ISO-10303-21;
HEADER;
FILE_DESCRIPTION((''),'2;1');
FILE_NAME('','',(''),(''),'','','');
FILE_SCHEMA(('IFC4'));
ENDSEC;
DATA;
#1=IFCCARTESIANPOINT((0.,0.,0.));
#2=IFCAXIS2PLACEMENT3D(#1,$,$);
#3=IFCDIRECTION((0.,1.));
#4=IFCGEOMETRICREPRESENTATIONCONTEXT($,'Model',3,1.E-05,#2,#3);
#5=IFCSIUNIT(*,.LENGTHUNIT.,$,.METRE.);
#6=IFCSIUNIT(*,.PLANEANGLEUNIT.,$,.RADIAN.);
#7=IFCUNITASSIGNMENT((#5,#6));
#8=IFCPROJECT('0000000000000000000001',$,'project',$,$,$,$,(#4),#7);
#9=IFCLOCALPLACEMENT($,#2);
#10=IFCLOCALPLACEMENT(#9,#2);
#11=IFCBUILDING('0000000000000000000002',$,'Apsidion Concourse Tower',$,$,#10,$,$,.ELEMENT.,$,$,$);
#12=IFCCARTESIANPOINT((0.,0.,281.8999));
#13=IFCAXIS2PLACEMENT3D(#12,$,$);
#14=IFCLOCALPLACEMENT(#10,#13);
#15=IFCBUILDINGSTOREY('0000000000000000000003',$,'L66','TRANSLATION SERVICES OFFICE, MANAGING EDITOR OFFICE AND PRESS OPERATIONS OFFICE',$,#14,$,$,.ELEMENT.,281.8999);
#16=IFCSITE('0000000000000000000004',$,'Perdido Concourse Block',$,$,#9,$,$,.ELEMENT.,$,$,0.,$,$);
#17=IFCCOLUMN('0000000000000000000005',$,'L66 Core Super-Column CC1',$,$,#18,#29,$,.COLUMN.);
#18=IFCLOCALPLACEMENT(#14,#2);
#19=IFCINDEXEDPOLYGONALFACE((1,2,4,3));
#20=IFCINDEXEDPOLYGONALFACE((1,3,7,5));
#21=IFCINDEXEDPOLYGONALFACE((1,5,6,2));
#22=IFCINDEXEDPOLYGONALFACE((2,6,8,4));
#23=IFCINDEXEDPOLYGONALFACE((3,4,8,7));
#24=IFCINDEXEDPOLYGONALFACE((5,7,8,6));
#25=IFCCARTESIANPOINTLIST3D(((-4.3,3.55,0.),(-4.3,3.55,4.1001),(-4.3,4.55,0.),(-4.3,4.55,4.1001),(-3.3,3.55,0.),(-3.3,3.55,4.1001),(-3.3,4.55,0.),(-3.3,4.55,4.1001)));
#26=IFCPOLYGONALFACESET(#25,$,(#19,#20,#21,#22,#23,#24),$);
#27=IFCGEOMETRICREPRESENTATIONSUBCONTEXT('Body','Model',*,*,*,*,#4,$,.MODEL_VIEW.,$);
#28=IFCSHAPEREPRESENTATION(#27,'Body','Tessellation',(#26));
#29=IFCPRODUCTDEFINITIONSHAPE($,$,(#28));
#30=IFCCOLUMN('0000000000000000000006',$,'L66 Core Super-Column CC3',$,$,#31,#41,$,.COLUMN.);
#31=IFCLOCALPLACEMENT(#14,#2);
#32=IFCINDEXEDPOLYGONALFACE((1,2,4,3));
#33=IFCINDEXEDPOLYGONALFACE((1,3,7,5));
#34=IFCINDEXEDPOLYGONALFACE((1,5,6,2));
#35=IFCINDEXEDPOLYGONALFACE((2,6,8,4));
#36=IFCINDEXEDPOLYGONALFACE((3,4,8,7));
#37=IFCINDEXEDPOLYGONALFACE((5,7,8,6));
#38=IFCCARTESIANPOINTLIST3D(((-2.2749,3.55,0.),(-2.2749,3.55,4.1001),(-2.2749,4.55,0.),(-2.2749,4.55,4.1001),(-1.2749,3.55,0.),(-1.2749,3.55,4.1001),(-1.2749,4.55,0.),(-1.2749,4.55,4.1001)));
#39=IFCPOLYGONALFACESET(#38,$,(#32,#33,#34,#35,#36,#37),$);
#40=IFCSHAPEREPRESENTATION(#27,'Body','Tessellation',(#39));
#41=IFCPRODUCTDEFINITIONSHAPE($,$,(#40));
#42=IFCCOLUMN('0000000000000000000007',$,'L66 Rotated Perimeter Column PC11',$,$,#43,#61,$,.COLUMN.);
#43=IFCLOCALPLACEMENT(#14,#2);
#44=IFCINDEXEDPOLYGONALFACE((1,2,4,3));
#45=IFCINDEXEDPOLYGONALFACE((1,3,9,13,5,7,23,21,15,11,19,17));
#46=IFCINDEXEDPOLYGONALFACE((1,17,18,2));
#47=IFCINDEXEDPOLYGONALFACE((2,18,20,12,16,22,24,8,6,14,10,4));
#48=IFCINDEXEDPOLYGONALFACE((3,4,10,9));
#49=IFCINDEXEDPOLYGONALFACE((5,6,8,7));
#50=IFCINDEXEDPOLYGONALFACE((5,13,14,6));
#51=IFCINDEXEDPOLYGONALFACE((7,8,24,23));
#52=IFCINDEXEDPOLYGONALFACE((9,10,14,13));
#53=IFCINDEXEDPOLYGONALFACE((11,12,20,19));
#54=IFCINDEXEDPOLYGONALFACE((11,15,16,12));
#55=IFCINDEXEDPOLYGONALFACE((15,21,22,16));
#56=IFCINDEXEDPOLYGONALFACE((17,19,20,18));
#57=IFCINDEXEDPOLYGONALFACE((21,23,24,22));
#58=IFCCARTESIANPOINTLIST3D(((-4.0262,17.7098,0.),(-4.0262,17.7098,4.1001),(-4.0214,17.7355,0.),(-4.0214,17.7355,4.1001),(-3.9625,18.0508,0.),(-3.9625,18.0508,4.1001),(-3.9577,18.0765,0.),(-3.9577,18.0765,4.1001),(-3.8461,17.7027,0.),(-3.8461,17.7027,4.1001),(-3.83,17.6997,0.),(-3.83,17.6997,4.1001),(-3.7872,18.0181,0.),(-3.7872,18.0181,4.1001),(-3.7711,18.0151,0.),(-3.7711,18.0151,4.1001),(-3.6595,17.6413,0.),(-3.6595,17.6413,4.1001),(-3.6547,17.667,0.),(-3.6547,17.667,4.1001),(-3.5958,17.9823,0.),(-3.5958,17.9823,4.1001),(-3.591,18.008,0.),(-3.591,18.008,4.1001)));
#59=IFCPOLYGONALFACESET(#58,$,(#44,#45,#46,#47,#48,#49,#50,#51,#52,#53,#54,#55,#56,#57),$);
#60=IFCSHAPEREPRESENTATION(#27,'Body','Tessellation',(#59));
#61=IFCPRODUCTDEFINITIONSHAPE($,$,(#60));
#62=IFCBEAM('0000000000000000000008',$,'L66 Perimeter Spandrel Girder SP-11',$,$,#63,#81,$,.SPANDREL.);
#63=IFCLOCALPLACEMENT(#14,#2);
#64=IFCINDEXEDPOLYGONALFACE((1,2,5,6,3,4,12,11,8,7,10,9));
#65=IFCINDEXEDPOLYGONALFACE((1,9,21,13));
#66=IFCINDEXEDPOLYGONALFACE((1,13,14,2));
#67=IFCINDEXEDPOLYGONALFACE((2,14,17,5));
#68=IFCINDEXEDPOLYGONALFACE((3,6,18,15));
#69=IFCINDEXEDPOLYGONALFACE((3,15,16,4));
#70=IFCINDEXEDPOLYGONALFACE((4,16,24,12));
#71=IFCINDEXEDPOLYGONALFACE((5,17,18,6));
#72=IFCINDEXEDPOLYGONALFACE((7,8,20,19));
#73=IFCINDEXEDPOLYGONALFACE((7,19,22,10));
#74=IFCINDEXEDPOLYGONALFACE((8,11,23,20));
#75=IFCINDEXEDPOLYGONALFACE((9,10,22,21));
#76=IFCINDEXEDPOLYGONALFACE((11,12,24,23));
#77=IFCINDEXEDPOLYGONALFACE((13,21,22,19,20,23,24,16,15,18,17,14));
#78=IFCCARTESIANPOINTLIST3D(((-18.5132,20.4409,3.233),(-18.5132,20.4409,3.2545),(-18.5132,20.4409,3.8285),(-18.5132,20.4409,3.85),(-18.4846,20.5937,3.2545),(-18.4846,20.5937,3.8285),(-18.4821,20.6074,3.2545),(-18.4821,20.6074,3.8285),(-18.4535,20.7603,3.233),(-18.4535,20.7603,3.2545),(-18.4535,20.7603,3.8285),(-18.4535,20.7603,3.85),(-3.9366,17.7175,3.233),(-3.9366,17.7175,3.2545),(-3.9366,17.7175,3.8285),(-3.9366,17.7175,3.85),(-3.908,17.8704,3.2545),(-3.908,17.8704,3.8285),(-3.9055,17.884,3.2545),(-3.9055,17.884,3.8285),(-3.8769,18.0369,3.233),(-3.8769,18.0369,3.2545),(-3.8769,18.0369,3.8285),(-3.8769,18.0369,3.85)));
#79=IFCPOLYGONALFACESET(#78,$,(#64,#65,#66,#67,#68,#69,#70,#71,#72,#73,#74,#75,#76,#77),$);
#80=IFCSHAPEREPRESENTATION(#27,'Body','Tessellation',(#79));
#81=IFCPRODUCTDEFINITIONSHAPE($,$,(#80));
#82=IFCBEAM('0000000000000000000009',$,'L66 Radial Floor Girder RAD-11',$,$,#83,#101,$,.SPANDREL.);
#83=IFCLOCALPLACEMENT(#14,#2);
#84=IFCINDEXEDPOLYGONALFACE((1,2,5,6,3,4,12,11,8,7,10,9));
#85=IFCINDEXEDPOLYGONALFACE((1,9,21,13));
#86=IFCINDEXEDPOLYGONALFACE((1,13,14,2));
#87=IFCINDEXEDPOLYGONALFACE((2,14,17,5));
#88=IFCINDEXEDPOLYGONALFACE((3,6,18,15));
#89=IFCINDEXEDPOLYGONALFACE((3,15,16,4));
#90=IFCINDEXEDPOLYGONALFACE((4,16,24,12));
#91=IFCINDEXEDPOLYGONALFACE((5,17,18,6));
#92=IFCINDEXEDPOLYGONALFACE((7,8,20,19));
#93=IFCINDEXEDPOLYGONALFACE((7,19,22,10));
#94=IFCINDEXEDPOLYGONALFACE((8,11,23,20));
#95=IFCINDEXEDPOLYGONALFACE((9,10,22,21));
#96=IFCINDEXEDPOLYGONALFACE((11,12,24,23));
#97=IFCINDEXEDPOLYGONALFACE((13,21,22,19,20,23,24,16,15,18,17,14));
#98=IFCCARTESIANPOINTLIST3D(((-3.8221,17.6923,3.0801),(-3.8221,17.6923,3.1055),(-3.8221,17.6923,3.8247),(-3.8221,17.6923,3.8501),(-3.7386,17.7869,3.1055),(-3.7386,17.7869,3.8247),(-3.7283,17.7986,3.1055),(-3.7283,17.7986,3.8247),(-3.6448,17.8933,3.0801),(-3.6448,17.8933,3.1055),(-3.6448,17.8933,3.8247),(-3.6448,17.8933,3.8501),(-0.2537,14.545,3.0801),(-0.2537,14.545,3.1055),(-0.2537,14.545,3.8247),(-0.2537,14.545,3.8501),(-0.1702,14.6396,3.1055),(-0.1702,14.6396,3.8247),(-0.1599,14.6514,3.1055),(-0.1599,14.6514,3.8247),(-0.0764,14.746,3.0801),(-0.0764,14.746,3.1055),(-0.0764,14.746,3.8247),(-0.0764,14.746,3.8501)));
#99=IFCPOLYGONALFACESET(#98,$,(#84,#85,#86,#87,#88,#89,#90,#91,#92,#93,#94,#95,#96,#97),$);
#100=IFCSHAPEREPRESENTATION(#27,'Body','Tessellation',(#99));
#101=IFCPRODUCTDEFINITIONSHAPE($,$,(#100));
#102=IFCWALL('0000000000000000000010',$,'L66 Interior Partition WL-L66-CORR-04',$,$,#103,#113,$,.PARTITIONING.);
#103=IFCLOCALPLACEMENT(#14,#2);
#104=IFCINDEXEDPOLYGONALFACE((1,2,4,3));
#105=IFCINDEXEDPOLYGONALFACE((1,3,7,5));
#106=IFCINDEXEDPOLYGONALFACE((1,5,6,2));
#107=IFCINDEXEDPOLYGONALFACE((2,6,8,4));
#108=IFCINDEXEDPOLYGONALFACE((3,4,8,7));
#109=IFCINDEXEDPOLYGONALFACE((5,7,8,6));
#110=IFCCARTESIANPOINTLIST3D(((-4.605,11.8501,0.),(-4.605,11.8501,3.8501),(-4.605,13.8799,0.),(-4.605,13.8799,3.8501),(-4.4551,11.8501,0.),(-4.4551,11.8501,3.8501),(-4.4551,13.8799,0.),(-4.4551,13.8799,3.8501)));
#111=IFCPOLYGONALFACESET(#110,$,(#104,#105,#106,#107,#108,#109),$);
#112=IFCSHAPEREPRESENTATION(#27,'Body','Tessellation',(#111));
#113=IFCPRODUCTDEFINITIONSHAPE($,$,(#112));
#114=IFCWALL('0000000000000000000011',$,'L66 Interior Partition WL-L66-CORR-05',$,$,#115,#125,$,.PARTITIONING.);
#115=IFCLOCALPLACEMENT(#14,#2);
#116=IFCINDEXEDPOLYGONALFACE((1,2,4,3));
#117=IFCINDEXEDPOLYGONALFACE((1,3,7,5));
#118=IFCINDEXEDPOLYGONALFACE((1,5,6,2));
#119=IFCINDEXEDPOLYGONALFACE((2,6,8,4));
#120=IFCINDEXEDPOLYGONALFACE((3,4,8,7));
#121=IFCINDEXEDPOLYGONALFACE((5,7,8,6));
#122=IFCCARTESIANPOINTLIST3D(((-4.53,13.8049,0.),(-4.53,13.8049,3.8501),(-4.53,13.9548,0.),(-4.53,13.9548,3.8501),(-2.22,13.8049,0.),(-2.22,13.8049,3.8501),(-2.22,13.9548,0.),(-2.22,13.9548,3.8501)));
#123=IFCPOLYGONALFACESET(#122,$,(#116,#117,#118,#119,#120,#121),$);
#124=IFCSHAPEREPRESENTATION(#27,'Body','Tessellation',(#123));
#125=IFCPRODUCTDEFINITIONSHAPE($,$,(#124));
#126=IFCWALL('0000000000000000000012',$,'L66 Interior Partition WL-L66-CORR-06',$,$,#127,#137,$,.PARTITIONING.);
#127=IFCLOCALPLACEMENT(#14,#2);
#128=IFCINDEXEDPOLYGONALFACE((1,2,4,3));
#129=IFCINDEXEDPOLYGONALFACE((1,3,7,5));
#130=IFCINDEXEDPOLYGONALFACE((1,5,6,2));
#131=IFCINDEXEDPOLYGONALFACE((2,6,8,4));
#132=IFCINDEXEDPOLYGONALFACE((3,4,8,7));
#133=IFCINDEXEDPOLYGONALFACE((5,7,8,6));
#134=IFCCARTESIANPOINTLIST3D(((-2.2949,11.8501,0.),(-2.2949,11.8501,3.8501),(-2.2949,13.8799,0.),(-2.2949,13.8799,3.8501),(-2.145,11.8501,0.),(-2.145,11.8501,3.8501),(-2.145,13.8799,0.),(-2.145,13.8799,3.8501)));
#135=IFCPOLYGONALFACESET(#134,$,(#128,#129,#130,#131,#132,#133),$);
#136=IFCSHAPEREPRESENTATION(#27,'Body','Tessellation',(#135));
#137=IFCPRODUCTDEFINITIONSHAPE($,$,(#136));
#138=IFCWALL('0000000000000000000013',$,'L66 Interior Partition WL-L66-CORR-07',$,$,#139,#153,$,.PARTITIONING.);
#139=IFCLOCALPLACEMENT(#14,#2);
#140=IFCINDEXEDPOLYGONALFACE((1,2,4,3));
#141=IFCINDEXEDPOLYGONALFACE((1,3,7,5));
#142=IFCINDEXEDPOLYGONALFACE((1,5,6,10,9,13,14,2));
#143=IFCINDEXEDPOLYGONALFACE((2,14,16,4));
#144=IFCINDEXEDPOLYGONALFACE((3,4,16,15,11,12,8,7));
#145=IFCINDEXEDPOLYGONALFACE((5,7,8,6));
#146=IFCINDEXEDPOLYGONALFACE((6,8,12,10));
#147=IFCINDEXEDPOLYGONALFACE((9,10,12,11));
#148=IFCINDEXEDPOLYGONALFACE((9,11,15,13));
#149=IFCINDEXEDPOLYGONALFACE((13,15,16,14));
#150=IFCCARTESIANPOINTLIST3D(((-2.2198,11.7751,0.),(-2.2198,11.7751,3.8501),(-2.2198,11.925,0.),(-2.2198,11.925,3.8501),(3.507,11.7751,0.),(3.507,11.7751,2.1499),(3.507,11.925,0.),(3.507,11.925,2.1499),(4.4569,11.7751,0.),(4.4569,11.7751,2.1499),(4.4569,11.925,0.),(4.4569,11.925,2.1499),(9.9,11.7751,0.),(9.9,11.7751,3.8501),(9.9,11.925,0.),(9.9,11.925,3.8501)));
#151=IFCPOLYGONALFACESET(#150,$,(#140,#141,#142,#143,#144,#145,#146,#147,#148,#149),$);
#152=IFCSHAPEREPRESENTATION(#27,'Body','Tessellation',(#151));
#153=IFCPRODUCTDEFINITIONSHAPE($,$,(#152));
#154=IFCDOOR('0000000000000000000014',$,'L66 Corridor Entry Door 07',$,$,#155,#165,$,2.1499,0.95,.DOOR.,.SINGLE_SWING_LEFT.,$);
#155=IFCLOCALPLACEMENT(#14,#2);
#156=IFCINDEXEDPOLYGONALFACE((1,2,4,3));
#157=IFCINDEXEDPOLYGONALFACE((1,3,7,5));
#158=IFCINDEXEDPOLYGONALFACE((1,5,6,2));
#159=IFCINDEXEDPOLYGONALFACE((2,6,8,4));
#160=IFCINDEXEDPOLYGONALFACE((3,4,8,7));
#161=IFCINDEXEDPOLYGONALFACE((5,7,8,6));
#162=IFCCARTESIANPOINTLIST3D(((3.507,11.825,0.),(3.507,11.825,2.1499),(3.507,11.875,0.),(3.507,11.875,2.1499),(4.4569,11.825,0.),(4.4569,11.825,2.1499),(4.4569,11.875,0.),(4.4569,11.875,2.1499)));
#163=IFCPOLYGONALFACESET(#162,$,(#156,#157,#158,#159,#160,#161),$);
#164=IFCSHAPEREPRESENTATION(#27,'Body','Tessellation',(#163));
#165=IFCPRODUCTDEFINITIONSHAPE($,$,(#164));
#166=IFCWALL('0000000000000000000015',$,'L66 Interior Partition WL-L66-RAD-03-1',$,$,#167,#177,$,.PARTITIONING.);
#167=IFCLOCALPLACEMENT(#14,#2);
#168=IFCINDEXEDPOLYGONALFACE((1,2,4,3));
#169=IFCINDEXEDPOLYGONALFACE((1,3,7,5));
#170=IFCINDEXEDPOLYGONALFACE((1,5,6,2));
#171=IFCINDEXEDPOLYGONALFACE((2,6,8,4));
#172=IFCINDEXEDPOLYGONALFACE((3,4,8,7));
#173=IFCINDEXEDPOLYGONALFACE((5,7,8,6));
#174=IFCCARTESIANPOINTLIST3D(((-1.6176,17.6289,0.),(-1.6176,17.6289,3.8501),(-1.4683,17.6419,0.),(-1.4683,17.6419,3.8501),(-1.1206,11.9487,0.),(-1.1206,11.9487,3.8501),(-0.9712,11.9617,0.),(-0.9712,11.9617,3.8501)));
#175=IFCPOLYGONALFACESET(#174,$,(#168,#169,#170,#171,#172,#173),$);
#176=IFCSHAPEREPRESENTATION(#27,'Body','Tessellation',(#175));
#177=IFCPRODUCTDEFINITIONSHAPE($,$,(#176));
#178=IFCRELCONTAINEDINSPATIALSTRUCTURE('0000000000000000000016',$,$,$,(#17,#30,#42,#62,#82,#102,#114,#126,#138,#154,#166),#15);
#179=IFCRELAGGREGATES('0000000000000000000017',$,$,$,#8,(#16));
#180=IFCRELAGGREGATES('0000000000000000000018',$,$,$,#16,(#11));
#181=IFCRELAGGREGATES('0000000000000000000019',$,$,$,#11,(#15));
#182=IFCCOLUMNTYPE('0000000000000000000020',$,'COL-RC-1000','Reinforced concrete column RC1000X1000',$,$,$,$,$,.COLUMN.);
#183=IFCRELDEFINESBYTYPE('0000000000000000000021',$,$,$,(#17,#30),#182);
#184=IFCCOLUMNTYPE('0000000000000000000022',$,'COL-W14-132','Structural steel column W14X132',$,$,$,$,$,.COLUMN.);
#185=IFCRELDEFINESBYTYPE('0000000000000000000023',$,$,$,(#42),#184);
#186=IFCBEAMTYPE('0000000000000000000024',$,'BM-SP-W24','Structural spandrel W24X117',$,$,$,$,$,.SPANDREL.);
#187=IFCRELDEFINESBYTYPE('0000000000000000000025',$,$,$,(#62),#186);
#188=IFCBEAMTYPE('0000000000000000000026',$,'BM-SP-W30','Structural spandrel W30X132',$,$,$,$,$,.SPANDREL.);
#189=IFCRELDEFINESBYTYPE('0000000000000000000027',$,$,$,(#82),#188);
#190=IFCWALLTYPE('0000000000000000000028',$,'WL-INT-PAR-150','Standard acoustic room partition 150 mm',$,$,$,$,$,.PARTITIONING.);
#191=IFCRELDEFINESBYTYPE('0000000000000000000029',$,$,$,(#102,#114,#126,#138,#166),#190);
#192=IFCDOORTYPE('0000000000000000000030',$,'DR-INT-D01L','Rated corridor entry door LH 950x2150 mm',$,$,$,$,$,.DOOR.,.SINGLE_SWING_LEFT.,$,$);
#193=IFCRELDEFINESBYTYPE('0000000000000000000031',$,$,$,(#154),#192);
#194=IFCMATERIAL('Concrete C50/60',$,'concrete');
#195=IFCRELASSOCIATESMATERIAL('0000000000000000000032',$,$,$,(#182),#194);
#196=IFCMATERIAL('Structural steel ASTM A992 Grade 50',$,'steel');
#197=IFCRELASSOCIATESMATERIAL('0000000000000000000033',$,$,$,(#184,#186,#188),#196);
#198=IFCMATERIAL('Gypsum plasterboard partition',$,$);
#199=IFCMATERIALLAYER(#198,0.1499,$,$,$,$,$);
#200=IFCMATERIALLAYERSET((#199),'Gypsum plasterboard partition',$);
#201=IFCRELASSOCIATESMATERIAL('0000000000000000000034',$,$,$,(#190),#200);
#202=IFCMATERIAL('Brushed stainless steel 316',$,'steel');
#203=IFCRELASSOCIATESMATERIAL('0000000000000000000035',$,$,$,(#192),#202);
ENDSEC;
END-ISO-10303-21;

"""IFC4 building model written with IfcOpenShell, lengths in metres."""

from ifc_helpers import new_model, si_unit, direction, frame, frame_2d, origin, origin_2d, place, context, subcontext, project, spatial, rectangle, i_section, extrude, material, layer, layer_set, material_profile, profile_set, type_object, element, fill, save


model = new_model("IFC4")

# Units and contexts
model_context = context("Model", 3, precision=1e-05, world=origin(), true_north=direction((0.0, 1.0)))
body_context = subcontext(model_context, "Body", "Model", "MODEL_VIEW")
ifc_project = project(units=[si_unit("LENGTHUNIT", "METRE"), si_unit("PLANEANGLEUNIT", "RADIAN")], contexts=[model_context])

# Site, building, storey
site_placement = place(None, origin())
site = spatial("IfcSite", under=ifc_project, at=site_placement, Name="Perdido Concourse Block", CompositionType="ELEMENT", RefElevation=0.0)
building_placement = place(site_placement, origin())
building = spatial("IfcBuilding", under=site, at=building_placement, Name="Apsidion Concourse Tower", CompositionType="ELEMENT")
storey_placement = place(building_placement, frame((0.0, 0.0, 281.8999)))
storey = spatial("IfcBuildingStorey", under=building, at=storey_placement, Name="L66", Description="TRANSLATION SERVICES OFFICE, MANAGING EDITOR OFFICE AND PRESS OPERATIONS OFFICE", CompositionType="ELEMENT", Elevation=281.8999)

# Columns
ifc_material_1 = material(Name="Concrete C50/60", Category="concrete")
ifc_material_profile_1 = material_profile(ifc_material_1, rectangle(XDim=1.0, YDim=1.0, at=origin_2d()), Name="RC 1000x1000")
ifc_profile_set_1 = profile_set([ifc_material_profile_1], Name="Concrete C50/60")
column_type_1 = type_object("IfcColumnType", Name="COL-RC-1000", Description="Reinforced concrete column RC1000X1000", PredefinedType="COLUMN", material=ifc_profile_set_1)
for number, where, z_axis, x_axis, name in (
    (1, (-3.8, 4.05, 0.0), (0.0, 0.0, 1.0), (1.0, 0.0, 0.0), "L66 Core Super-Column CC1"),
    (2, (-1.7749, 4.05, 0.0), (0.0, 0.0, 1.0), (1.0, 0.0, 0.0), "L66 Core Super-Column CC3"),
):
    element("IfcColumn", number, at=place(storey_placement, frame(where, z_axis=z_axis, x_axis=x_axis)), inside=storey, type_object=column_type_1, Name=name, PredefinedType="COLUMN", context=body_context, shape_type="SweptSolid", body=[
        extrude(rectangle(XDim=1.0, YDim=1.0, at=origin_2d()), origin(), (0.0, 0.0, 1.0), 4.1001),
    ])
ifc_material_2 = material(Name="Structural steel ASTM A992 Grade 50", Category="steel")
ifc_material_profile_2 = material_profile(ifc_material_2, i_section(OverallWidth=0.373, OverallDepth=0.373, WebThickness=0.0164, FlangeThickness=0.0261, at=origin_2d()), Name="W14X132")
ifc_profile_set_2 = profile_set([ifc_material_profile_2], Name="Structural steel ASTM A992 Grade 50")
column_type_2 = type_object("IfcColumnType", Name="COL-W14-132", Description="Structural steel column W14X132", PredefinedType="COLUMN", material=ifc_profile_set_2)
column_placement = place(storey_placement, frame((-3.8086, 17.8589, 0.0), z_axis=(0.0, 0.0, 1.0), x_axis=(-0.983, 0.183608, 0.0)))
element("IfcColumn", 3, at=column_placement, inside=storey, type_object=column_type_2, Name="L66 Rotated Perimeter Column PC11", PredefinedType="COLUMN", context=body_context, shape_type="SweptSolid", body=[
    extrude(i_section(OverallWidth=0.373, OverallDepth=0.373, WebThickness=0.0164, FlangeThickness=0.0261, at=origin_2d()), origin(), (0.0, 0.0, 1.0), 4.1001),
])

# Beams
ifc_material_profile_3 = material_profile(ifc_material_2, i_section(OverallWidth=0.325, OverallDepth=0.6169, WebThickness=0.0139, FlangeThickness=0.0215, at=origin_2d()), Name="W24X117")
ifc_profile_set_3 = profile_set([ifc_material_profile_3], Name="Structural steel ASTM A992 Grade 50")
beam_type_1 = type_object("IfcBeamType", Name="BM-SP-W24", Description="Structural spandrel W24X117", PredefinedType="SPANDREL", material=ifc_profile_set_3)
beam_1_placement = place(storey_placement, frame((-3.9067, 17.8772, 3.5415), z_axis=(-0.982991, 0.183654, 0.0), x_axis=(-0.183654, -0.982991, 0.0)))
element("IfcBeam", 4, at=beam_1_placement, inside=storey, type_object=beam_type_1, Name="L66 Perimeter Spandrel Girder SP-11", PredefinedType="SPANDREL", context=body_context, shape_type="SweptSolid", body=[
    extrude(i_section(OverallWidth=0.325, OverallDepth=0.6169, WebThickness=0.0139, FlangeThickness=0.0215, at=origin_2d()), origin(), (0.0, 0.0, 1.0), 14.8289),
])
ifc_material_profile_4 = material_profile(ifc_material_2, i_section(OverallWidth=0.2681, OverallDepth=0.77, WebThickness=0.0156, FlangeThickness=0.0254, at=origin_2d()), Name="W30X132")
ifc_profile_set_4 = profile_set([ifc_material_profile_4], Name="Structural steel ASTM A992 Grade 50")
beam_type_2 = type_object("IfcBeamType", Name="BM-SP-W30", Description="Structural spandrel W30X132", PredefinedType="SPANDREL", material=ifc_profile_set_4)
beam_2_placement = place(storey_placement, frame((-0.165, 14.6455, 3.4651), z_axis=(-0.749977, 0.661464, 0.0), x_axis=(-0.661464, -0.749977, 0.0)))
element("IfcBeam", 5, at=beam_2_placement, inside=storey, type_object=beam_type_2, Name="L66 Radial Floor Girder RAD-11", PredefinedType="SPANDREL", context=body_context, shape_type="SweptSolid", body=[
    extrude(i_section(OverallWidth=0.2681, OverallDepth=0.77, WebThickness=0.0156, FlangeThickness=0.0254, at=origin_2d()), origin(), (0.0, 0.0, 1.0), 4.7581),
])

# Walls
ifc_material_3 = material(Name="Gypsum plasterboard partition")
ifc_layer_1 = layer(ifc_material_3, 0.1499)
ifc_layer_set_1 = layer_set([ifc_layer_1], Name="Gypsum plasterboard partition")
wall_type_1 = type_object("IfcWallType", Name="WL-INT-PAR-150", Description="Standard acoustic room partition 150 mm", PredefinedType="PARTITIONING", material=ifc_layer_set_1)
wall_1_placement = place(storey_placement, frame((-4.53, 11.8501, 0.0), z_axis=(0.0, 0.0, 1.0), x_axis=(0.0, 1.0, 0.0)))
element("IfcWall", 6, at=wall_1_placement, inside=storey, type_object=wall_type_1, Name="L66 Interior Partition WL-L66-CORR-04", PredefinedType="PARTITIONING", context=body_context, shape_type="SweptSolid", body=[
    extrude(rectangle(XDim=2.0298, YDim=0.1499, at=frame_2d((1.0149, 0.0))), origin(), (0.0, 0.0, 1.0), 3.8501),
])
wall_2_placement = place(storey_placement, frame((-4.53, 13.8799, 0.0), z_axis=(0.0, 0.0, 1.0), x_axis=(1.0, 0.0, 0.0)))
element("IfcWall", 7, at=wall_2_placement, inside=storey, type_object=wall_type_1, Name="L66 Interior Partition WL-L66-CORR-05", PredefinedType="PARTITIONING", context=body_context, shape_type="SweptSolid", body=[
    extrude(rectangle(XDim=2.3101, YDim=0.1499, at=frame_2d((1.155, 0.0))), origin(), (0.0, 0.0, 1.0), 3.8501),
])
wall_3_placement = place(storey_placement, frame((-2.22, 13.8799, 0.0), z_axis=(0.0, 0.0, 1.0), x_axis=(0.0, -1.0, 0.0)))
element("IfcWall", 8, at=wall_3_placement, inside=storey, type_object=wall_type_1, Name="L66 Interior Partition WL-L66-CORR-06", PredefinedType="PARTITIONING", context=body_context, shape_type="SweptSolid", body=[
    extrude(rectangle(XDim=2.0298, YDim=0.1499, at=frame_2d((1.0149, 0.0))), origin(), (0.0, 0.0, 1.0), 3.8501),
])

# Wall, opening, door
wall_4_placement = place(storey_placement, frame((-2.22, 11.8501, 0.0), z_axis=(0.0, 0.0, 1.0), x_axis=(1.0, 0.0, 0.0)))
wall_4 = element("IfcWall", 9, at=wall_4_placement, inside=storey, type_object=wall_type_1, Name="L66 Interior Partition WL-L66-CORR-07", PredefinedType="PARTITIONING", context=body_context, shape_type="SweptSolid", body=[
    extrude(rectangle(XDim=12.1199, YDim=0.1499, at=frame_2d((6.0601, 0.0))), origin(), (0.0, 0.0, 1.0), 3.8501),
])
opening_1_placement = place(wall_4_placement, frame((5.7268, 0.0, 0.0)))
opening_1 = element("IfcOpeningElement", 10, at=opening_1_placement, cuts=wall_4, PredefinedType="OPENING", context=body_context, shape_type="SweptSolid", body=[
    extrude(rectangle(XDim=0.95, YDim=2.1499, at=frame_2d((0.4751, 1.075))), frame((0.0, 0.085, 0.0), z_axis=(0.0, -1.0, 0.0), x_axis=(1.0, 0.0, 0.0)), (0.0, 0.0, 1.0), 0.1699),
])
ifc_material_4 = material(Name="Brushed stainless steel 316", Category="steel")
door_type_1 = type_object("IfcDoorType", Name="DR-INT-D01L", Description="Rated corridor entry door LH 950x2150 mm", OperationType="SINGLE_SWING_LEFT", PredefinedType="DOOR", material=ifc_material_4)
door_1_placement = place(opening_1_placement, origin())
door_1 = element("IfcDoor", 11, at=door_1_placement, inside=storey, type_object=door_type_1, Name="L66 Corridor Entry Door 07", OperationType="SINGLE_SWING_LEFT", OverallHeight=2.1499, OverallWidth=0.95, PredefinedType="DOOR", context=body_context, shape_type="SweptSolid", body=[
    extrude(rectangle(XDim=0.95, YDim=2.1499, at=frame_2d((0.4751, 1.075))), frame((0.0, 0.0249, 0.0), z_axis=(0.0, -1.0, 0.0), x_axis=(1.0, 0.0, 0.0)), (0.0, 0.0, 1.0), 0.05),
])
fill(opening_1, door_1)

# Wall
wall_5_placement = place(storey_placement, frame((-1.0459, 11.9551, 0.0), z_axis=(0.0, 0.0, 1.0), x_axis=(-0.087177, 0.996193, 0.0)))
element("IfcWall", 12, at=wall_5_placement, inside=storey, type_object=wall_type_1, Name="L66 Interior Partition WL-L66-RAD-03-1", PredefinedType="PARTITIONING", context=body_context, shape_type="SweptSolid", body=[
    extrude(rectangle(XDim=5.7019, YDim=0.1499, at=frame_2d((2.8511, 0.0))), origin(), (0.0, 0.0, 1.0), 3.8501),
])

save(model, "model.ifc")
